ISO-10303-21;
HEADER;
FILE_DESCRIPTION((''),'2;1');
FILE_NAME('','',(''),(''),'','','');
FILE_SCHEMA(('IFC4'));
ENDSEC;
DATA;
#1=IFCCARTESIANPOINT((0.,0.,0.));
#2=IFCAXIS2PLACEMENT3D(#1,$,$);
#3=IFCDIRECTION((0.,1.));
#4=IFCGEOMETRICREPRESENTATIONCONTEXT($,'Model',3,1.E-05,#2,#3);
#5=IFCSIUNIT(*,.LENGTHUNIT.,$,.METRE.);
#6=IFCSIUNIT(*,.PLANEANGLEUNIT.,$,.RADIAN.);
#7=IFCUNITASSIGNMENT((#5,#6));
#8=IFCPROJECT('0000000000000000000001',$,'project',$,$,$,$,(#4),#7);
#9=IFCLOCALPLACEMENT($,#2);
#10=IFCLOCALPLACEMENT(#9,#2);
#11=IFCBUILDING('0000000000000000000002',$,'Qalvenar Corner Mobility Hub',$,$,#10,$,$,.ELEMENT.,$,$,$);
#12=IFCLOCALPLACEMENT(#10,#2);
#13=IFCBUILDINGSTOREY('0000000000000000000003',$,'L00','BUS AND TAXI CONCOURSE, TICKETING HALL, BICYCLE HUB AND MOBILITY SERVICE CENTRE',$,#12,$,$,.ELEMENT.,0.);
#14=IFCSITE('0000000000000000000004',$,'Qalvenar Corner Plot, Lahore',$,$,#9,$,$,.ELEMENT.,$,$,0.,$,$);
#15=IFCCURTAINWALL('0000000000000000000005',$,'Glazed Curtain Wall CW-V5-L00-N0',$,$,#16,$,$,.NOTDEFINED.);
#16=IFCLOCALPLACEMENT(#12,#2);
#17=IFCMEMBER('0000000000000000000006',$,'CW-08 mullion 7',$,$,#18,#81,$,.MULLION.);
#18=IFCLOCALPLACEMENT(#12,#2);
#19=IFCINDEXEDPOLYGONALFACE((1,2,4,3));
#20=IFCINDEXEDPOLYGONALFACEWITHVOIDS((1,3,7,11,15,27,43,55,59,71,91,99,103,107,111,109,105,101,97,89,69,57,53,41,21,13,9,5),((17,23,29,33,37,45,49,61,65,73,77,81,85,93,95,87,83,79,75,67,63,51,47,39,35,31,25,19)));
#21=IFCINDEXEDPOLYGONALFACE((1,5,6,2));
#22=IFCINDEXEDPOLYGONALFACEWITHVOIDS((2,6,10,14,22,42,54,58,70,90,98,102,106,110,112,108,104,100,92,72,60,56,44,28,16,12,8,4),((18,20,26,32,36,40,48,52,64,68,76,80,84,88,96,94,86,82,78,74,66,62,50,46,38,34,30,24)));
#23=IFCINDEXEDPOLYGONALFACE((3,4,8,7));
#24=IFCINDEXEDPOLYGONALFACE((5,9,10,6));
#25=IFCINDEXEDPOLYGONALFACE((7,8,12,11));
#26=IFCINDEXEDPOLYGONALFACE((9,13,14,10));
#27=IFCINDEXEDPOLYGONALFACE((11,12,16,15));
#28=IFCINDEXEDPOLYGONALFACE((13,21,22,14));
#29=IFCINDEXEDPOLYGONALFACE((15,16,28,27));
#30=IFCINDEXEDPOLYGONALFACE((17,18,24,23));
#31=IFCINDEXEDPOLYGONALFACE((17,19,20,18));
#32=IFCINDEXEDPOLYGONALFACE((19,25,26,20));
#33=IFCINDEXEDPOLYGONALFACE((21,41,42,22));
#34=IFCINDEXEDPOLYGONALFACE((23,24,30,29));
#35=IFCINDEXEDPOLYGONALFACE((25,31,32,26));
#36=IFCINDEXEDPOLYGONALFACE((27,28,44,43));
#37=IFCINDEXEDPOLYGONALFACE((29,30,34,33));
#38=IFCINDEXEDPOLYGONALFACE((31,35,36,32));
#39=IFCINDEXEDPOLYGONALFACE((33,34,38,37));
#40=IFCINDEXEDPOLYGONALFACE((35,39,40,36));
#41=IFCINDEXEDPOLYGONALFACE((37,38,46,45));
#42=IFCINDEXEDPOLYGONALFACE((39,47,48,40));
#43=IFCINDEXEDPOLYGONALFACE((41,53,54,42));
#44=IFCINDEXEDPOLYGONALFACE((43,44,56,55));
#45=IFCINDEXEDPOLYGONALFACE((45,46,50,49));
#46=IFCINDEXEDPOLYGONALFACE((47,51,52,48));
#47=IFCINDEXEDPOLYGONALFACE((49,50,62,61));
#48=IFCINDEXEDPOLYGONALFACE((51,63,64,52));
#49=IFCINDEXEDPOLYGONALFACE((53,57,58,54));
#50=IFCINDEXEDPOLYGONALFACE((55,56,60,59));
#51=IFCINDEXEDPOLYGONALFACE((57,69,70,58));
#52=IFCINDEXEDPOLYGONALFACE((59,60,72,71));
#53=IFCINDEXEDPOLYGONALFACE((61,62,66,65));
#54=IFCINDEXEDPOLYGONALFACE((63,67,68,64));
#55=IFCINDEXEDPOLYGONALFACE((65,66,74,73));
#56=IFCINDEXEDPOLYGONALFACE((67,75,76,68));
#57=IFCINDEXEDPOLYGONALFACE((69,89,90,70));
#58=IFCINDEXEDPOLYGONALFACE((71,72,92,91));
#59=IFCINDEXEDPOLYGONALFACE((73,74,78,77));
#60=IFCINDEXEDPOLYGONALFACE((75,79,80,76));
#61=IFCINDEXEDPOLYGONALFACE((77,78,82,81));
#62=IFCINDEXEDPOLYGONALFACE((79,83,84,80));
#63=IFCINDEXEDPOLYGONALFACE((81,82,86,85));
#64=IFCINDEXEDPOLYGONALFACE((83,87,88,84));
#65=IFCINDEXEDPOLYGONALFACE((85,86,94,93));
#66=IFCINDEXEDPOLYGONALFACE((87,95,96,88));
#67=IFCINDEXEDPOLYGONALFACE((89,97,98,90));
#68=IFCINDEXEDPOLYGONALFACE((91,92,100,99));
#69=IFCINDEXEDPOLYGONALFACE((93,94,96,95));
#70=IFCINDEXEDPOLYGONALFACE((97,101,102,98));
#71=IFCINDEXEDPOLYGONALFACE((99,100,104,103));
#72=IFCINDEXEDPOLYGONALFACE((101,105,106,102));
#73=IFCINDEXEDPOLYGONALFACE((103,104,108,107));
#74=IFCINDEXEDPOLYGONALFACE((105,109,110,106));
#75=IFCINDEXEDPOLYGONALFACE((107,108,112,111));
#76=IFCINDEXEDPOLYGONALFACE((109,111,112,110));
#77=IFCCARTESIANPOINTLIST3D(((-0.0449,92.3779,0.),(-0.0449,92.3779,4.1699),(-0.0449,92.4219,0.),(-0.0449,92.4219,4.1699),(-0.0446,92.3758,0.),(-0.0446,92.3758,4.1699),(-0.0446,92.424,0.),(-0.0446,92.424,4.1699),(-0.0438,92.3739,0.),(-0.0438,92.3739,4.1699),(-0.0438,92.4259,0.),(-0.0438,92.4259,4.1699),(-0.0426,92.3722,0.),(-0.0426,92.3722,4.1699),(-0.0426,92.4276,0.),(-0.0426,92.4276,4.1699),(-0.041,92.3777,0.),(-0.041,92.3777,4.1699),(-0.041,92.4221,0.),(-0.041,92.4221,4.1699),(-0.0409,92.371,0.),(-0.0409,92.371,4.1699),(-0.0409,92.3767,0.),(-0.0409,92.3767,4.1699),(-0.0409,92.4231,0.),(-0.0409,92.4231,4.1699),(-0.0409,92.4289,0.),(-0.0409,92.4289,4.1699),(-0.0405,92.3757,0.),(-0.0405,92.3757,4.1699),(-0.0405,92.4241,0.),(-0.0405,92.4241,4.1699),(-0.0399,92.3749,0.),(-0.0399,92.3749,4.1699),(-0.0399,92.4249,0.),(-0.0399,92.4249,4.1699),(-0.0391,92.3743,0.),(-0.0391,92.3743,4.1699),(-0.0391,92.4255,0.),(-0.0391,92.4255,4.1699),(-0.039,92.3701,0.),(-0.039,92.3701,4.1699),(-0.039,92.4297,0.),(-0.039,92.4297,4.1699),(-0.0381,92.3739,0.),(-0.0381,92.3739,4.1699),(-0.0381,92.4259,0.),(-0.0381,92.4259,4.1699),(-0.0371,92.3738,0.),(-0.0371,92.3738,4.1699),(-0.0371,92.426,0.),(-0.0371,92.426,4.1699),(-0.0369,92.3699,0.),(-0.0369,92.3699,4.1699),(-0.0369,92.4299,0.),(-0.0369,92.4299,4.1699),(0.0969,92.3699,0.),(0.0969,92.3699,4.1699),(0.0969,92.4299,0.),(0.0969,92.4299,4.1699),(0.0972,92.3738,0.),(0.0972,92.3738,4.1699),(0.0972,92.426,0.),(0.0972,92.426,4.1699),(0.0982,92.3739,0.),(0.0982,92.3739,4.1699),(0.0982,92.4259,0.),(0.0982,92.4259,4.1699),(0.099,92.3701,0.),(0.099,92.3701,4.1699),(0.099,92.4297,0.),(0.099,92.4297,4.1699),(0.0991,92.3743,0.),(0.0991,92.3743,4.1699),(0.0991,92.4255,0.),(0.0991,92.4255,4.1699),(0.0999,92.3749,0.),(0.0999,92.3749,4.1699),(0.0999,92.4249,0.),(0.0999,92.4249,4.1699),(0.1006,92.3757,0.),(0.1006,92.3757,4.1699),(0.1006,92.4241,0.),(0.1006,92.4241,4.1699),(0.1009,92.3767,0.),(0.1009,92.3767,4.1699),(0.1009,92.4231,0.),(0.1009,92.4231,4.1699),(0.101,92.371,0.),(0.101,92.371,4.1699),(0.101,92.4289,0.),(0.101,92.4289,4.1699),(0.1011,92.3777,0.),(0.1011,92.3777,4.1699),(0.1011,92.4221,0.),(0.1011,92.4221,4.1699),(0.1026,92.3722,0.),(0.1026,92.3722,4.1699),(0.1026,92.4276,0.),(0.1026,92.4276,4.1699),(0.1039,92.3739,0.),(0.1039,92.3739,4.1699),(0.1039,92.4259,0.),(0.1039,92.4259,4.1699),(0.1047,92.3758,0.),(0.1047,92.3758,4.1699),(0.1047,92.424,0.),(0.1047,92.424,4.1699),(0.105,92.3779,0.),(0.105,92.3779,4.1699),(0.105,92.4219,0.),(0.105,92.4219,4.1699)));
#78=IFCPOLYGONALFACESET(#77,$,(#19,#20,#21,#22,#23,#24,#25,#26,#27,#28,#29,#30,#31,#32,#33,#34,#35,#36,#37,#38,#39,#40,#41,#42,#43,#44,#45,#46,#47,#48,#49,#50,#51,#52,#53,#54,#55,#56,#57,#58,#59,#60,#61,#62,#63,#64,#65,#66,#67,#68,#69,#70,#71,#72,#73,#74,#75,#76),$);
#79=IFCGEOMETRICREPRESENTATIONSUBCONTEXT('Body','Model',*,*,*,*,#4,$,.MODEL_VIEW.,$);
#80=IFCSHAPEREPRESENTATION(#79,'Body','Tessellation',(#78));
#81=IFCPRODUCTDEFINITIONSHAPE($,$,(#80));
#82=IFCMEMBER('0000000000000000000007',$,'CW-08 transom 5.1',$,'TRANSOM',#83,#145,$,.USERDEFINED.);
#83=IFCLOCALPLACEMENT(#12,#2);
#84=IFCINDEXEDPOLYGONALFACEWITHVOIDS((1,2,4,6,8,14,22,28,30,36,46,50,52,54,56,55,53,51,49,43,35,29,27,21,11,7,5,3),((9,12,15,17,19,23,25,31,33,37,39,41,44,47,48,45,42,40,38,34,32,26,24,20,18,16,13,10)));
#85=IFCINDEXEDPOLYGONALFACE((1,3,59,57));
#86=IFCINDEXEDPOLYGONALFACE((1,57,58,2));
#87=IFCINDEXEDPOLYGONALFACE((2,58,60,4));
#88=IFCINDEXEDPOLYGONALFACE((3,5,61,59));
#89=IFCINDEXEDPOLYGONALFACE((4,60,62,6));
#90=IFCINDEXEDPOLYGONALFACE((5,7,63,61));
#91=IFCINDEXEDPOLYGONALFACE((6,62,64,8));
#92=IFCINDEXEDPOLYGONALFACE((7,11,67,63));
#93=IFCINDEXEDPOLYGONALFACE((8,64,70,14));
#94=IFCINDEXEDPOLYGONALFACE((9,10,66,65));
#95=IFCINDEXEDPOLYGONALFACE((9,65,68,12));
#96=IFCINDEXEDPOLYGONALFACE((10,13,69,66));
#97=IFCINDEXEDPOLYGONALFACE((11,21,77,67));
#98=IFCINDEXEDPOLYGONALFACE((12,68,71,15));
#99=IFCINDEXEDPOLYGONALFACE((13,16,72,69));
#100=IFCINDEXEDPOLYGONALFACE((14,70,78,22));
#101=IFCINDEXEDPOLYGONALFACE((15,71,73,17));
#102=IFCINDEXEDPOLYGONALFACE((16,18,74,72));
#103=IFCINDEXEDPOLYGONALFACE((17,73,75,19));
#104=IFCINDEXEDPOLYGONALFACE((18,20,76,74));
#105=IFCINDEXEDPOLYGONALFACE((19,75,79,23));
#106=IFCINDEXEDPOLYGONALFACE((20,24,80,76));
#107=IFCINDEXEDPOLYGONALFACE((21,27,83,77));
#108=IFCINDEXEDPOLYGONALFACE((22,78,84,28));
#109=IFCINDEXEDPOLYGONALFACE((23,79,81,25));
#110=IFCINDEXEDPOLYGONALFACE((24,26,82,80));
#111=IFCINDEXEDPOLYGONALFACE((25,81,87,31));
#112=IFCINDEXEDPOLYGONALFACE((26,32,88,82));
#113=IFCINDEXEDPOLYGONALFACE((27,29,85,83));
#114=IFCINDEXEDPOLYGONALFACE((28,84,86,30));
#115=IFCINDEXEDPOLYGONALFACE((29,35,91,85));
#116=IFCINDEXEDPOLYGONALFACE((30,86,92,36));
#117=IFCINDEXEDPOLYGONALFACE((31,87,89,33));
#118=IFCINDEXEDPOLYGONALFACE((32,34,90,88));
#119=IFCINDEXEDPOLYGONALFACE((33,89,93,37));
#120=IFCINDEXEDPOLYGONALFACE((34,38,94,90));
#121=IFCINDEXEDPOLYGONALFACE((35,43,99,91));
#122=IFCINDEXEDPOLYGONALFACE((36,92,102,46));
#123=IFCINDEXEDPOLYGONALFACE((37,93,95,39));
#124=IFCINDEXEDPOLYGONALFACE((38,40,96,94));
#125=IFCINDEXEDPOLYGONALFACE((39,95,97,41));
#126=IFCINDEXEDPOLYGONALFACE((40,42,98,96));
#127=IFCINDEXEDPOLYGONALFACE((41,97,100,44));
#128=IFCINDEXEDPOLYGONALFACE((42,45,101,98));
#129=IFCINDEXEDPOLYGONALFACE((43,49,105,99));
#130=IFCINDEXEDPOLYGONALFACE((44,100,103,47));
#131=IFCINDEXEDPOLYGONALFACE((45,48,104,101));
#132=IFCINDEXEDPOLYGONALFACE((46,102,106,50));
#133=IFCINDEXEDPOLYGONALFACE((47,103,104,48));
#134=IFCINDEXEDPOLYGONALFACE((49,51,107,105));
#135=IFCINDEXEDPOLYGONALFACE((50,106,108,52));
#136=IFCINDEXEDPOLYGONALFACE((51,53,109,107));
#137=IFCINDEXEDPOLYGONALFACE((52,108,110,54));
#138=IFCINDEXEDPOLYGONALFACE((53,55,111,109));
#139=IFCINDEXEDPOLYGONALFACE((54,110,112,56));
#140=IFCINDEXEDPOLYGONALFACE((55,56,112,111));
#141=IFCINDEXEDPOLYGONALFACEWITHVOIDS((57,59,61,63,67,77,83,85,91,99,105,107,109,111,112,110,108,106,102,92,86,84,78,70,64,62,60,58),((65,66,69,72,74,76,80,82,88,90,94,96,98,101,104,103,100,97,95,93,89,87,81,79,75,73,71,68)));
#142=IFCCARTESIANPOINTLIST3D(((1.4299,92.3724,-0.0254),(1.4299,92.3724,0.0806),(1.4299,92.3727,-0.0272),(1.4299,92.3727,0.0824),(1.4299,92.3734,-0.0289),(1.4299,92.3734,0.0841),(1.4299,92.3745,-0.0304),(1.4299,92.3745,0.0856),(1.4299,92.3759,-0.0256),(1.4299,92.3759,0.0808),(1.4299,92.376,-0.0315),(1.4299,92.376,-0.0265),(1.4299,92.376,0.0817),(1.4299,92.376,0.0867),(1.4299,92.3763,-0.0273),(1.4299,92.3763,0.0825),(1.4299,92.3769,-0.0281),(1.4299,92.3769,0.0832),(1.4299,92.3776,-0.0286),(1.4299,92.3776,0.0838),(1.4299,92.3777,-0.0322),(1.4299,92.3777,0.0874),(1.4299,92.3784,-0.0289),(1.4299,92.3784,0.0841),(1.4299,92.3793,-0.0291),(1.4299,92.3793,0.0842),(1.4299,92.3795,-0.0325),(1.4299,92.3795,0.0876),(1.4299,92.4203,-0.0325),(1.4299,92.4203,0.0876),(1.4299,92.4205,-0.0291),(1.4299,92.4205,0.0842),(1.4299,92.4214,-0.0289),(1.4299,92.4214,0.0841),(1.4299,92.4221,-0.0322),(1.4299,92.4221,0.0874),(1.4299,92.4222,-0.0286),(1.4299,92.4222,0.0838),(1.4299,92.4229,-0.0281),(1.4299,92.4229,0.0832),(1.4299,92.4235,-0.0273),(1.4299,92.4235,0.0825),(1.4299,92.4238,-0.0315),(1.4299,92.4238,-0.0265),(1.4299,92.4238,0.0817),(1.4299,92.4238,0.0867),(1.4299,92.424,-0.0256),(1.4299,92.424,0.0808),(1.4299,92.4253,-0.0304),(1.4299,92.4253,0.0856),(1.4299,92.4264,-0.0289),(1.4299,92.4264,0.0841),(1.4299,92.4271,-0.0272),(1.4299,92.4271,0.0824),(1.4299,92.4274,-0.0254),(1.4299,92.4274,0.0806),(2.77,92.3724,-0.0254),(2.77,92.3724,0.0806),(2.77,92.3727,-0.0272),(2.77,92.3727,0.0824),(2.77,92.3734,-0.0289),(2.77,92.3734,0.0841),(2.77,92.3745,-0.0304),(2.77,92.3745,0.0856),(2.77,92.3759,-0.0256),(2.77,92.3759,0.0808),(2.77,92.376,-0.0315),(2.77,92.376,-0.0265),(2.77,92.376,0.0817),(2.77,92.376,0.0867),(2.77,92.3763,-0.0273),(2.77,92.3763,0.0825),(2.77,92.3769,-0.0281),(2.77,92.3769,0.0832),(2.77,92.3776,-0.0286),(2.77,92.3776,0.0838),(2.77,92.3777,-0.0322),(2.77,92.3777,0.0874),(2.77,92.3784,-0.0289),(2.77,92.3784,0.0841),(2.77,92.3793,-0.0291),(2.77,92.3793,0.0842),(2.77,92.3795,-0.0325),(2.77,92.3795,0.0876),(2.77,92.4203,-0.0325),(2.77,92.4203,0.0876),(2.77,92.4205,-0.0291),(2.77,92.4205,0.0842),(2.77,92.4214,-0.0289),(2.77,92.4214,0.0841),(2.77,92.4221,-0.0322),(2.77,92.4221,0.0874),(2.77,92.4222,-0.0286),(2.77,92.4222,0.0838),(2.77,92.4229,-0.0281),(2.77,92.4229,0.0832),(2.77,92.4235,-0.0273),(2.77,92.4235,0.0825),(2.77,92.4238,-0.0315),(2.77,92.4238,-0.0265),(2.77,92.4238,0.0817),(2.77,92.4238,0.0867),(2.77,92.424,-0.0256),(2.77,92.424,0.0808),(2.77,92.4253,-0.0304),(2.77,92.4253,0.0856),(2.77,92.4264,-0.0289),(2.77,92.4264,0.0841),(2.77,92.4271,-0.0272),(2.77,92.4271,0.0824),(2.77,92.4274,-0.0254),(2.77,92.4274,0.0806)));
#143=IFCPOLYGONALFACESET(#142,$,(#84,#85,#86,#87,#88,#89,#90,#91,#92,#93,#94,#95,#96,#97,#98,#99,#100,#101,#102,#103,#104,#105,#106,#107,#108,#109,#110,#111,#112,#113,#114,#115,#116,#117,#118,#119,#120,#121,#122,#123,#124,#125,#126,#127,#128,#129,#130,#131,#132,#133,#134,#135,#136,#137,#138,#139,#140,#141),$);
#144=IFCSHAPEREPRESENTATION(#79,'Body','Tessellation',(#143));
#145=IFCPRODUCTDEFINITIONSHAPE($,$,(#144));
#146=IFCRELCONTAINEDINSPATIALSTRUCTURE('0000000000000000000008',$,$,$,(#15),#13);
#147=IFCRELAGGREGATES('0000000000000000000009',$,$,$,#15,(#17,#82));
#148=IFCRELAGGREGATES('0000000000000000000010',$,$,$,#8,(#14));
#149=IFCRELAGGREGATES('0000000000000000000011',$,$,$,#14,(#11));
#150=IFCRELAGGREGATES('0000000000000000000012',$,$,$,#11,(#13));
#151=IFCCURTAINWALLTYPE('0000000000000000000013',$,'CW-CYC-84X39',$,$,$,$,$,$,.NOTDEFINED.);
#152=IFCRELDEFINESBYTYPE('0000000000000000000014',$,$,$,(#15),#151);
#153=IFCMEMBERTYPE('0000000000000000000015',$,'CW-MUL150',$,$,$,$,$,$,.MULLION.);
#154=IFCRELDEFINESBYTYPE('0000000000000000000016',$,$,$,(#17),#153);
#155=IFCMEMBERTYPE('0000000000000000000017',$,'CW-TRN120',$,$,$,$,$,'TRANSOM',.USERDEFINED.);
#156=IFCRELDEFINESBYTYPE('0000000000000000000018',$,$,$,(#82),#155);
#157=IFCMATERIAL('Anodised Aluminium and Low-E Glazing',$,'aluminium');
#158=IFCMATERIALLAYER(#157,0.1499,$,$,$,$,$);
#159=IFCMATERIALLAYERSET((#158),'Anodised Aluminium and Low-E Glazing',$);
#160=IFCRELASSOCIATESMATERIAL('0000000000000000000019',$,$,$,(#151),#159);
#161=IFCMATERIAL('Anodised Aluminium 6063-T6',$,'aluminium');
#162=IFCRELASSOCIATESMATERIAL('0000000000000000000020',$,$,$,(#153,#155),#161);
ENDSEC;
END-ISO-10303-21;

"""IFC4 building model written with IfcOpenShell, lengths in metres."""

from ifc_helpers import new_model, si_unit, direction, frame, origin, origin_2d, place, context, subcontext, project, spatial, hollow_rectangle, extrude, material, layer, layer_set, material_profile, profile_set, type_object, element, aggregate, save


model = new_model("IFC4")

# Units and contexts
model_context = context("Model", 3, precision=1e-05, world=origin(), true_north=direction((0.0, 1.0)))
body_context = subcontext(model_context, "Body", "Model", "MODEL_VIEW")
ifc_project = project(units=[si_unit("LENGTHUNIT", "METRE"), si_unit("PLANEANGLEUNIT", "RADIAN")], contexts=[model_context])

# Site, building, storey
site_placement = place(None, origin())
site = spatial("IfcSite", under=ifc_project, at=site_placement, Name="Qalvenar Corner Plot, Lahore", CompositionType="ELEMENT", RefElevation=0.0)
building_placement = place(site_placement, origin())
building = spatial("IfcBuilding", under=site, at=building_placement, Name="Qalvenar Corner Mobility Hub", CompositionType="ELEMENT")
storey_placement = place(building_placement, origin())
storey = spatial("IfcBuildingStorey", under=building, at=storey_placement, Name="L00", Description="BUS AND TAXI CONCOURSE, TICKETING HALL, BICYCLE HUB AND MOBILITY SERVICE CENTRE", CompositionType="ELEMENT", Elevation=0.0)

# Curtain wall, members
ifc_material_1 = material(Name="Anodised Aluminium and Low-E Glazing", Category="aluminium")
ifc_layer_1 = layer(ifc_material_1, 0.1499)
ifc_layer_set_1 = layer_set([ifc_layer_1], Name="Anodised Aluminium and Low-E Glazing")
curtain_wall_type = type_object("IfcCurtainWallType", Name="CW-CYC-84X39", PredefinedType="NOTDEFINED", material=ifc_layer_set_1)
curtain_wall_placement = place(storey_placement, origin())
curtain_wall = element("IfcCurtainWall", 1, at=curtain_wall_placement, inside=storey, type_object=curtain_wall_type, Name="Glazed Curtain Wall CW-V5-L00-N0", PredefinedType="NOTDEFINED")
ifc_material_2 = material(Name="Anodised Aluminium 6063-T6", Category="aluminium")
ifc_material_profile_1 = material_profile(ifc_material_2, hollow_rectangle(XDim=0.0601, YDim=0.1499, WallThickness=0.0039, InnerFilletRadius=0.0039, OuterFilletRadius=0.0081, at=origin_2d()), Name="RHS150x60x4")
ifc_profile_set_1 = profile_set([ifc_material_profile_1], Name="Anodised Aluminium 6063-T6")
member_type_1 = type_object("IfcMemberType", Name="CW-MUL150", PredefinedType="MULLION", material=ifc_profile_set_1)
member_1_placement = place(storey_placement, frame((0.03, 92.3999, 0.0), z_axis=(0.0, 0.0, 1.0), x_axis=(0.0, -1.0, 0.0)))
member_1 = element("IfcMember", 2, at=member_1_placement, type_object=member_type_1, Name="CW-08 mullion 7", PredefinedType="MULLION", context=body_context, shape_type="SweptSolid", body=[
    extrude(hollow_rectangle(XDim=0.0601, YDim=0.1499, WallThickness=0.0039, InnerFilletRadius=0.0039, OuterFilletRadius=0.0081, at=origin_2d()), origin(), (0.0, 0.0, 1.0), 4.1699),
])
ifc_material_profile_2 = material_profile(ifc_material_2, hollow_rectangle(XDim=0.0549, YDim=0.1201, WallThickness=0.0034, InnerFilletRadius=0.0034, OuterFilletRadius=0.0071, at=origin_2d()), Name="RHS120x55x3.5")
ifc_profile_set_2 = profile_set([ifc_material_profile_2], Name="Anodised Aluminium 6063-T6")
member_type_2 = type_object("IfcMemberType", Name="CW-TRN120", ElementType="TRANSOM", PredefinedType="USERDEFINED", material=ifc_profile_set_2)
member_2_placement = place(storey_placement, frame((2.77, 92.3999, 0.0276), z_axis=(-1.0, 0.0, 0.0), x_axis=(0.0, -1.0, 0.0)))
member_2 = element("IfcMember", 3, at=member_2_placement, type_object=member_type_2, Name="CW-08 transom 5.1", ObjectType="TRANSOM", PredefinedType="USERDEFINED", context=body_context, shape_type="SweptSolid", body=[
    extrude(hollow_rectangle(XDim=0.0549, YDim=0.1201, WallThickness=0.0034, InnerFilletRadius=0.0034, OuterFilletRadius=0.0071, at=origin_2d()), origin(), (0.0, 0.0, 1.0), 1.3401),
])
aggregate(curtain_wall, [member_1, member_2])

save(model, "model.ifc")
